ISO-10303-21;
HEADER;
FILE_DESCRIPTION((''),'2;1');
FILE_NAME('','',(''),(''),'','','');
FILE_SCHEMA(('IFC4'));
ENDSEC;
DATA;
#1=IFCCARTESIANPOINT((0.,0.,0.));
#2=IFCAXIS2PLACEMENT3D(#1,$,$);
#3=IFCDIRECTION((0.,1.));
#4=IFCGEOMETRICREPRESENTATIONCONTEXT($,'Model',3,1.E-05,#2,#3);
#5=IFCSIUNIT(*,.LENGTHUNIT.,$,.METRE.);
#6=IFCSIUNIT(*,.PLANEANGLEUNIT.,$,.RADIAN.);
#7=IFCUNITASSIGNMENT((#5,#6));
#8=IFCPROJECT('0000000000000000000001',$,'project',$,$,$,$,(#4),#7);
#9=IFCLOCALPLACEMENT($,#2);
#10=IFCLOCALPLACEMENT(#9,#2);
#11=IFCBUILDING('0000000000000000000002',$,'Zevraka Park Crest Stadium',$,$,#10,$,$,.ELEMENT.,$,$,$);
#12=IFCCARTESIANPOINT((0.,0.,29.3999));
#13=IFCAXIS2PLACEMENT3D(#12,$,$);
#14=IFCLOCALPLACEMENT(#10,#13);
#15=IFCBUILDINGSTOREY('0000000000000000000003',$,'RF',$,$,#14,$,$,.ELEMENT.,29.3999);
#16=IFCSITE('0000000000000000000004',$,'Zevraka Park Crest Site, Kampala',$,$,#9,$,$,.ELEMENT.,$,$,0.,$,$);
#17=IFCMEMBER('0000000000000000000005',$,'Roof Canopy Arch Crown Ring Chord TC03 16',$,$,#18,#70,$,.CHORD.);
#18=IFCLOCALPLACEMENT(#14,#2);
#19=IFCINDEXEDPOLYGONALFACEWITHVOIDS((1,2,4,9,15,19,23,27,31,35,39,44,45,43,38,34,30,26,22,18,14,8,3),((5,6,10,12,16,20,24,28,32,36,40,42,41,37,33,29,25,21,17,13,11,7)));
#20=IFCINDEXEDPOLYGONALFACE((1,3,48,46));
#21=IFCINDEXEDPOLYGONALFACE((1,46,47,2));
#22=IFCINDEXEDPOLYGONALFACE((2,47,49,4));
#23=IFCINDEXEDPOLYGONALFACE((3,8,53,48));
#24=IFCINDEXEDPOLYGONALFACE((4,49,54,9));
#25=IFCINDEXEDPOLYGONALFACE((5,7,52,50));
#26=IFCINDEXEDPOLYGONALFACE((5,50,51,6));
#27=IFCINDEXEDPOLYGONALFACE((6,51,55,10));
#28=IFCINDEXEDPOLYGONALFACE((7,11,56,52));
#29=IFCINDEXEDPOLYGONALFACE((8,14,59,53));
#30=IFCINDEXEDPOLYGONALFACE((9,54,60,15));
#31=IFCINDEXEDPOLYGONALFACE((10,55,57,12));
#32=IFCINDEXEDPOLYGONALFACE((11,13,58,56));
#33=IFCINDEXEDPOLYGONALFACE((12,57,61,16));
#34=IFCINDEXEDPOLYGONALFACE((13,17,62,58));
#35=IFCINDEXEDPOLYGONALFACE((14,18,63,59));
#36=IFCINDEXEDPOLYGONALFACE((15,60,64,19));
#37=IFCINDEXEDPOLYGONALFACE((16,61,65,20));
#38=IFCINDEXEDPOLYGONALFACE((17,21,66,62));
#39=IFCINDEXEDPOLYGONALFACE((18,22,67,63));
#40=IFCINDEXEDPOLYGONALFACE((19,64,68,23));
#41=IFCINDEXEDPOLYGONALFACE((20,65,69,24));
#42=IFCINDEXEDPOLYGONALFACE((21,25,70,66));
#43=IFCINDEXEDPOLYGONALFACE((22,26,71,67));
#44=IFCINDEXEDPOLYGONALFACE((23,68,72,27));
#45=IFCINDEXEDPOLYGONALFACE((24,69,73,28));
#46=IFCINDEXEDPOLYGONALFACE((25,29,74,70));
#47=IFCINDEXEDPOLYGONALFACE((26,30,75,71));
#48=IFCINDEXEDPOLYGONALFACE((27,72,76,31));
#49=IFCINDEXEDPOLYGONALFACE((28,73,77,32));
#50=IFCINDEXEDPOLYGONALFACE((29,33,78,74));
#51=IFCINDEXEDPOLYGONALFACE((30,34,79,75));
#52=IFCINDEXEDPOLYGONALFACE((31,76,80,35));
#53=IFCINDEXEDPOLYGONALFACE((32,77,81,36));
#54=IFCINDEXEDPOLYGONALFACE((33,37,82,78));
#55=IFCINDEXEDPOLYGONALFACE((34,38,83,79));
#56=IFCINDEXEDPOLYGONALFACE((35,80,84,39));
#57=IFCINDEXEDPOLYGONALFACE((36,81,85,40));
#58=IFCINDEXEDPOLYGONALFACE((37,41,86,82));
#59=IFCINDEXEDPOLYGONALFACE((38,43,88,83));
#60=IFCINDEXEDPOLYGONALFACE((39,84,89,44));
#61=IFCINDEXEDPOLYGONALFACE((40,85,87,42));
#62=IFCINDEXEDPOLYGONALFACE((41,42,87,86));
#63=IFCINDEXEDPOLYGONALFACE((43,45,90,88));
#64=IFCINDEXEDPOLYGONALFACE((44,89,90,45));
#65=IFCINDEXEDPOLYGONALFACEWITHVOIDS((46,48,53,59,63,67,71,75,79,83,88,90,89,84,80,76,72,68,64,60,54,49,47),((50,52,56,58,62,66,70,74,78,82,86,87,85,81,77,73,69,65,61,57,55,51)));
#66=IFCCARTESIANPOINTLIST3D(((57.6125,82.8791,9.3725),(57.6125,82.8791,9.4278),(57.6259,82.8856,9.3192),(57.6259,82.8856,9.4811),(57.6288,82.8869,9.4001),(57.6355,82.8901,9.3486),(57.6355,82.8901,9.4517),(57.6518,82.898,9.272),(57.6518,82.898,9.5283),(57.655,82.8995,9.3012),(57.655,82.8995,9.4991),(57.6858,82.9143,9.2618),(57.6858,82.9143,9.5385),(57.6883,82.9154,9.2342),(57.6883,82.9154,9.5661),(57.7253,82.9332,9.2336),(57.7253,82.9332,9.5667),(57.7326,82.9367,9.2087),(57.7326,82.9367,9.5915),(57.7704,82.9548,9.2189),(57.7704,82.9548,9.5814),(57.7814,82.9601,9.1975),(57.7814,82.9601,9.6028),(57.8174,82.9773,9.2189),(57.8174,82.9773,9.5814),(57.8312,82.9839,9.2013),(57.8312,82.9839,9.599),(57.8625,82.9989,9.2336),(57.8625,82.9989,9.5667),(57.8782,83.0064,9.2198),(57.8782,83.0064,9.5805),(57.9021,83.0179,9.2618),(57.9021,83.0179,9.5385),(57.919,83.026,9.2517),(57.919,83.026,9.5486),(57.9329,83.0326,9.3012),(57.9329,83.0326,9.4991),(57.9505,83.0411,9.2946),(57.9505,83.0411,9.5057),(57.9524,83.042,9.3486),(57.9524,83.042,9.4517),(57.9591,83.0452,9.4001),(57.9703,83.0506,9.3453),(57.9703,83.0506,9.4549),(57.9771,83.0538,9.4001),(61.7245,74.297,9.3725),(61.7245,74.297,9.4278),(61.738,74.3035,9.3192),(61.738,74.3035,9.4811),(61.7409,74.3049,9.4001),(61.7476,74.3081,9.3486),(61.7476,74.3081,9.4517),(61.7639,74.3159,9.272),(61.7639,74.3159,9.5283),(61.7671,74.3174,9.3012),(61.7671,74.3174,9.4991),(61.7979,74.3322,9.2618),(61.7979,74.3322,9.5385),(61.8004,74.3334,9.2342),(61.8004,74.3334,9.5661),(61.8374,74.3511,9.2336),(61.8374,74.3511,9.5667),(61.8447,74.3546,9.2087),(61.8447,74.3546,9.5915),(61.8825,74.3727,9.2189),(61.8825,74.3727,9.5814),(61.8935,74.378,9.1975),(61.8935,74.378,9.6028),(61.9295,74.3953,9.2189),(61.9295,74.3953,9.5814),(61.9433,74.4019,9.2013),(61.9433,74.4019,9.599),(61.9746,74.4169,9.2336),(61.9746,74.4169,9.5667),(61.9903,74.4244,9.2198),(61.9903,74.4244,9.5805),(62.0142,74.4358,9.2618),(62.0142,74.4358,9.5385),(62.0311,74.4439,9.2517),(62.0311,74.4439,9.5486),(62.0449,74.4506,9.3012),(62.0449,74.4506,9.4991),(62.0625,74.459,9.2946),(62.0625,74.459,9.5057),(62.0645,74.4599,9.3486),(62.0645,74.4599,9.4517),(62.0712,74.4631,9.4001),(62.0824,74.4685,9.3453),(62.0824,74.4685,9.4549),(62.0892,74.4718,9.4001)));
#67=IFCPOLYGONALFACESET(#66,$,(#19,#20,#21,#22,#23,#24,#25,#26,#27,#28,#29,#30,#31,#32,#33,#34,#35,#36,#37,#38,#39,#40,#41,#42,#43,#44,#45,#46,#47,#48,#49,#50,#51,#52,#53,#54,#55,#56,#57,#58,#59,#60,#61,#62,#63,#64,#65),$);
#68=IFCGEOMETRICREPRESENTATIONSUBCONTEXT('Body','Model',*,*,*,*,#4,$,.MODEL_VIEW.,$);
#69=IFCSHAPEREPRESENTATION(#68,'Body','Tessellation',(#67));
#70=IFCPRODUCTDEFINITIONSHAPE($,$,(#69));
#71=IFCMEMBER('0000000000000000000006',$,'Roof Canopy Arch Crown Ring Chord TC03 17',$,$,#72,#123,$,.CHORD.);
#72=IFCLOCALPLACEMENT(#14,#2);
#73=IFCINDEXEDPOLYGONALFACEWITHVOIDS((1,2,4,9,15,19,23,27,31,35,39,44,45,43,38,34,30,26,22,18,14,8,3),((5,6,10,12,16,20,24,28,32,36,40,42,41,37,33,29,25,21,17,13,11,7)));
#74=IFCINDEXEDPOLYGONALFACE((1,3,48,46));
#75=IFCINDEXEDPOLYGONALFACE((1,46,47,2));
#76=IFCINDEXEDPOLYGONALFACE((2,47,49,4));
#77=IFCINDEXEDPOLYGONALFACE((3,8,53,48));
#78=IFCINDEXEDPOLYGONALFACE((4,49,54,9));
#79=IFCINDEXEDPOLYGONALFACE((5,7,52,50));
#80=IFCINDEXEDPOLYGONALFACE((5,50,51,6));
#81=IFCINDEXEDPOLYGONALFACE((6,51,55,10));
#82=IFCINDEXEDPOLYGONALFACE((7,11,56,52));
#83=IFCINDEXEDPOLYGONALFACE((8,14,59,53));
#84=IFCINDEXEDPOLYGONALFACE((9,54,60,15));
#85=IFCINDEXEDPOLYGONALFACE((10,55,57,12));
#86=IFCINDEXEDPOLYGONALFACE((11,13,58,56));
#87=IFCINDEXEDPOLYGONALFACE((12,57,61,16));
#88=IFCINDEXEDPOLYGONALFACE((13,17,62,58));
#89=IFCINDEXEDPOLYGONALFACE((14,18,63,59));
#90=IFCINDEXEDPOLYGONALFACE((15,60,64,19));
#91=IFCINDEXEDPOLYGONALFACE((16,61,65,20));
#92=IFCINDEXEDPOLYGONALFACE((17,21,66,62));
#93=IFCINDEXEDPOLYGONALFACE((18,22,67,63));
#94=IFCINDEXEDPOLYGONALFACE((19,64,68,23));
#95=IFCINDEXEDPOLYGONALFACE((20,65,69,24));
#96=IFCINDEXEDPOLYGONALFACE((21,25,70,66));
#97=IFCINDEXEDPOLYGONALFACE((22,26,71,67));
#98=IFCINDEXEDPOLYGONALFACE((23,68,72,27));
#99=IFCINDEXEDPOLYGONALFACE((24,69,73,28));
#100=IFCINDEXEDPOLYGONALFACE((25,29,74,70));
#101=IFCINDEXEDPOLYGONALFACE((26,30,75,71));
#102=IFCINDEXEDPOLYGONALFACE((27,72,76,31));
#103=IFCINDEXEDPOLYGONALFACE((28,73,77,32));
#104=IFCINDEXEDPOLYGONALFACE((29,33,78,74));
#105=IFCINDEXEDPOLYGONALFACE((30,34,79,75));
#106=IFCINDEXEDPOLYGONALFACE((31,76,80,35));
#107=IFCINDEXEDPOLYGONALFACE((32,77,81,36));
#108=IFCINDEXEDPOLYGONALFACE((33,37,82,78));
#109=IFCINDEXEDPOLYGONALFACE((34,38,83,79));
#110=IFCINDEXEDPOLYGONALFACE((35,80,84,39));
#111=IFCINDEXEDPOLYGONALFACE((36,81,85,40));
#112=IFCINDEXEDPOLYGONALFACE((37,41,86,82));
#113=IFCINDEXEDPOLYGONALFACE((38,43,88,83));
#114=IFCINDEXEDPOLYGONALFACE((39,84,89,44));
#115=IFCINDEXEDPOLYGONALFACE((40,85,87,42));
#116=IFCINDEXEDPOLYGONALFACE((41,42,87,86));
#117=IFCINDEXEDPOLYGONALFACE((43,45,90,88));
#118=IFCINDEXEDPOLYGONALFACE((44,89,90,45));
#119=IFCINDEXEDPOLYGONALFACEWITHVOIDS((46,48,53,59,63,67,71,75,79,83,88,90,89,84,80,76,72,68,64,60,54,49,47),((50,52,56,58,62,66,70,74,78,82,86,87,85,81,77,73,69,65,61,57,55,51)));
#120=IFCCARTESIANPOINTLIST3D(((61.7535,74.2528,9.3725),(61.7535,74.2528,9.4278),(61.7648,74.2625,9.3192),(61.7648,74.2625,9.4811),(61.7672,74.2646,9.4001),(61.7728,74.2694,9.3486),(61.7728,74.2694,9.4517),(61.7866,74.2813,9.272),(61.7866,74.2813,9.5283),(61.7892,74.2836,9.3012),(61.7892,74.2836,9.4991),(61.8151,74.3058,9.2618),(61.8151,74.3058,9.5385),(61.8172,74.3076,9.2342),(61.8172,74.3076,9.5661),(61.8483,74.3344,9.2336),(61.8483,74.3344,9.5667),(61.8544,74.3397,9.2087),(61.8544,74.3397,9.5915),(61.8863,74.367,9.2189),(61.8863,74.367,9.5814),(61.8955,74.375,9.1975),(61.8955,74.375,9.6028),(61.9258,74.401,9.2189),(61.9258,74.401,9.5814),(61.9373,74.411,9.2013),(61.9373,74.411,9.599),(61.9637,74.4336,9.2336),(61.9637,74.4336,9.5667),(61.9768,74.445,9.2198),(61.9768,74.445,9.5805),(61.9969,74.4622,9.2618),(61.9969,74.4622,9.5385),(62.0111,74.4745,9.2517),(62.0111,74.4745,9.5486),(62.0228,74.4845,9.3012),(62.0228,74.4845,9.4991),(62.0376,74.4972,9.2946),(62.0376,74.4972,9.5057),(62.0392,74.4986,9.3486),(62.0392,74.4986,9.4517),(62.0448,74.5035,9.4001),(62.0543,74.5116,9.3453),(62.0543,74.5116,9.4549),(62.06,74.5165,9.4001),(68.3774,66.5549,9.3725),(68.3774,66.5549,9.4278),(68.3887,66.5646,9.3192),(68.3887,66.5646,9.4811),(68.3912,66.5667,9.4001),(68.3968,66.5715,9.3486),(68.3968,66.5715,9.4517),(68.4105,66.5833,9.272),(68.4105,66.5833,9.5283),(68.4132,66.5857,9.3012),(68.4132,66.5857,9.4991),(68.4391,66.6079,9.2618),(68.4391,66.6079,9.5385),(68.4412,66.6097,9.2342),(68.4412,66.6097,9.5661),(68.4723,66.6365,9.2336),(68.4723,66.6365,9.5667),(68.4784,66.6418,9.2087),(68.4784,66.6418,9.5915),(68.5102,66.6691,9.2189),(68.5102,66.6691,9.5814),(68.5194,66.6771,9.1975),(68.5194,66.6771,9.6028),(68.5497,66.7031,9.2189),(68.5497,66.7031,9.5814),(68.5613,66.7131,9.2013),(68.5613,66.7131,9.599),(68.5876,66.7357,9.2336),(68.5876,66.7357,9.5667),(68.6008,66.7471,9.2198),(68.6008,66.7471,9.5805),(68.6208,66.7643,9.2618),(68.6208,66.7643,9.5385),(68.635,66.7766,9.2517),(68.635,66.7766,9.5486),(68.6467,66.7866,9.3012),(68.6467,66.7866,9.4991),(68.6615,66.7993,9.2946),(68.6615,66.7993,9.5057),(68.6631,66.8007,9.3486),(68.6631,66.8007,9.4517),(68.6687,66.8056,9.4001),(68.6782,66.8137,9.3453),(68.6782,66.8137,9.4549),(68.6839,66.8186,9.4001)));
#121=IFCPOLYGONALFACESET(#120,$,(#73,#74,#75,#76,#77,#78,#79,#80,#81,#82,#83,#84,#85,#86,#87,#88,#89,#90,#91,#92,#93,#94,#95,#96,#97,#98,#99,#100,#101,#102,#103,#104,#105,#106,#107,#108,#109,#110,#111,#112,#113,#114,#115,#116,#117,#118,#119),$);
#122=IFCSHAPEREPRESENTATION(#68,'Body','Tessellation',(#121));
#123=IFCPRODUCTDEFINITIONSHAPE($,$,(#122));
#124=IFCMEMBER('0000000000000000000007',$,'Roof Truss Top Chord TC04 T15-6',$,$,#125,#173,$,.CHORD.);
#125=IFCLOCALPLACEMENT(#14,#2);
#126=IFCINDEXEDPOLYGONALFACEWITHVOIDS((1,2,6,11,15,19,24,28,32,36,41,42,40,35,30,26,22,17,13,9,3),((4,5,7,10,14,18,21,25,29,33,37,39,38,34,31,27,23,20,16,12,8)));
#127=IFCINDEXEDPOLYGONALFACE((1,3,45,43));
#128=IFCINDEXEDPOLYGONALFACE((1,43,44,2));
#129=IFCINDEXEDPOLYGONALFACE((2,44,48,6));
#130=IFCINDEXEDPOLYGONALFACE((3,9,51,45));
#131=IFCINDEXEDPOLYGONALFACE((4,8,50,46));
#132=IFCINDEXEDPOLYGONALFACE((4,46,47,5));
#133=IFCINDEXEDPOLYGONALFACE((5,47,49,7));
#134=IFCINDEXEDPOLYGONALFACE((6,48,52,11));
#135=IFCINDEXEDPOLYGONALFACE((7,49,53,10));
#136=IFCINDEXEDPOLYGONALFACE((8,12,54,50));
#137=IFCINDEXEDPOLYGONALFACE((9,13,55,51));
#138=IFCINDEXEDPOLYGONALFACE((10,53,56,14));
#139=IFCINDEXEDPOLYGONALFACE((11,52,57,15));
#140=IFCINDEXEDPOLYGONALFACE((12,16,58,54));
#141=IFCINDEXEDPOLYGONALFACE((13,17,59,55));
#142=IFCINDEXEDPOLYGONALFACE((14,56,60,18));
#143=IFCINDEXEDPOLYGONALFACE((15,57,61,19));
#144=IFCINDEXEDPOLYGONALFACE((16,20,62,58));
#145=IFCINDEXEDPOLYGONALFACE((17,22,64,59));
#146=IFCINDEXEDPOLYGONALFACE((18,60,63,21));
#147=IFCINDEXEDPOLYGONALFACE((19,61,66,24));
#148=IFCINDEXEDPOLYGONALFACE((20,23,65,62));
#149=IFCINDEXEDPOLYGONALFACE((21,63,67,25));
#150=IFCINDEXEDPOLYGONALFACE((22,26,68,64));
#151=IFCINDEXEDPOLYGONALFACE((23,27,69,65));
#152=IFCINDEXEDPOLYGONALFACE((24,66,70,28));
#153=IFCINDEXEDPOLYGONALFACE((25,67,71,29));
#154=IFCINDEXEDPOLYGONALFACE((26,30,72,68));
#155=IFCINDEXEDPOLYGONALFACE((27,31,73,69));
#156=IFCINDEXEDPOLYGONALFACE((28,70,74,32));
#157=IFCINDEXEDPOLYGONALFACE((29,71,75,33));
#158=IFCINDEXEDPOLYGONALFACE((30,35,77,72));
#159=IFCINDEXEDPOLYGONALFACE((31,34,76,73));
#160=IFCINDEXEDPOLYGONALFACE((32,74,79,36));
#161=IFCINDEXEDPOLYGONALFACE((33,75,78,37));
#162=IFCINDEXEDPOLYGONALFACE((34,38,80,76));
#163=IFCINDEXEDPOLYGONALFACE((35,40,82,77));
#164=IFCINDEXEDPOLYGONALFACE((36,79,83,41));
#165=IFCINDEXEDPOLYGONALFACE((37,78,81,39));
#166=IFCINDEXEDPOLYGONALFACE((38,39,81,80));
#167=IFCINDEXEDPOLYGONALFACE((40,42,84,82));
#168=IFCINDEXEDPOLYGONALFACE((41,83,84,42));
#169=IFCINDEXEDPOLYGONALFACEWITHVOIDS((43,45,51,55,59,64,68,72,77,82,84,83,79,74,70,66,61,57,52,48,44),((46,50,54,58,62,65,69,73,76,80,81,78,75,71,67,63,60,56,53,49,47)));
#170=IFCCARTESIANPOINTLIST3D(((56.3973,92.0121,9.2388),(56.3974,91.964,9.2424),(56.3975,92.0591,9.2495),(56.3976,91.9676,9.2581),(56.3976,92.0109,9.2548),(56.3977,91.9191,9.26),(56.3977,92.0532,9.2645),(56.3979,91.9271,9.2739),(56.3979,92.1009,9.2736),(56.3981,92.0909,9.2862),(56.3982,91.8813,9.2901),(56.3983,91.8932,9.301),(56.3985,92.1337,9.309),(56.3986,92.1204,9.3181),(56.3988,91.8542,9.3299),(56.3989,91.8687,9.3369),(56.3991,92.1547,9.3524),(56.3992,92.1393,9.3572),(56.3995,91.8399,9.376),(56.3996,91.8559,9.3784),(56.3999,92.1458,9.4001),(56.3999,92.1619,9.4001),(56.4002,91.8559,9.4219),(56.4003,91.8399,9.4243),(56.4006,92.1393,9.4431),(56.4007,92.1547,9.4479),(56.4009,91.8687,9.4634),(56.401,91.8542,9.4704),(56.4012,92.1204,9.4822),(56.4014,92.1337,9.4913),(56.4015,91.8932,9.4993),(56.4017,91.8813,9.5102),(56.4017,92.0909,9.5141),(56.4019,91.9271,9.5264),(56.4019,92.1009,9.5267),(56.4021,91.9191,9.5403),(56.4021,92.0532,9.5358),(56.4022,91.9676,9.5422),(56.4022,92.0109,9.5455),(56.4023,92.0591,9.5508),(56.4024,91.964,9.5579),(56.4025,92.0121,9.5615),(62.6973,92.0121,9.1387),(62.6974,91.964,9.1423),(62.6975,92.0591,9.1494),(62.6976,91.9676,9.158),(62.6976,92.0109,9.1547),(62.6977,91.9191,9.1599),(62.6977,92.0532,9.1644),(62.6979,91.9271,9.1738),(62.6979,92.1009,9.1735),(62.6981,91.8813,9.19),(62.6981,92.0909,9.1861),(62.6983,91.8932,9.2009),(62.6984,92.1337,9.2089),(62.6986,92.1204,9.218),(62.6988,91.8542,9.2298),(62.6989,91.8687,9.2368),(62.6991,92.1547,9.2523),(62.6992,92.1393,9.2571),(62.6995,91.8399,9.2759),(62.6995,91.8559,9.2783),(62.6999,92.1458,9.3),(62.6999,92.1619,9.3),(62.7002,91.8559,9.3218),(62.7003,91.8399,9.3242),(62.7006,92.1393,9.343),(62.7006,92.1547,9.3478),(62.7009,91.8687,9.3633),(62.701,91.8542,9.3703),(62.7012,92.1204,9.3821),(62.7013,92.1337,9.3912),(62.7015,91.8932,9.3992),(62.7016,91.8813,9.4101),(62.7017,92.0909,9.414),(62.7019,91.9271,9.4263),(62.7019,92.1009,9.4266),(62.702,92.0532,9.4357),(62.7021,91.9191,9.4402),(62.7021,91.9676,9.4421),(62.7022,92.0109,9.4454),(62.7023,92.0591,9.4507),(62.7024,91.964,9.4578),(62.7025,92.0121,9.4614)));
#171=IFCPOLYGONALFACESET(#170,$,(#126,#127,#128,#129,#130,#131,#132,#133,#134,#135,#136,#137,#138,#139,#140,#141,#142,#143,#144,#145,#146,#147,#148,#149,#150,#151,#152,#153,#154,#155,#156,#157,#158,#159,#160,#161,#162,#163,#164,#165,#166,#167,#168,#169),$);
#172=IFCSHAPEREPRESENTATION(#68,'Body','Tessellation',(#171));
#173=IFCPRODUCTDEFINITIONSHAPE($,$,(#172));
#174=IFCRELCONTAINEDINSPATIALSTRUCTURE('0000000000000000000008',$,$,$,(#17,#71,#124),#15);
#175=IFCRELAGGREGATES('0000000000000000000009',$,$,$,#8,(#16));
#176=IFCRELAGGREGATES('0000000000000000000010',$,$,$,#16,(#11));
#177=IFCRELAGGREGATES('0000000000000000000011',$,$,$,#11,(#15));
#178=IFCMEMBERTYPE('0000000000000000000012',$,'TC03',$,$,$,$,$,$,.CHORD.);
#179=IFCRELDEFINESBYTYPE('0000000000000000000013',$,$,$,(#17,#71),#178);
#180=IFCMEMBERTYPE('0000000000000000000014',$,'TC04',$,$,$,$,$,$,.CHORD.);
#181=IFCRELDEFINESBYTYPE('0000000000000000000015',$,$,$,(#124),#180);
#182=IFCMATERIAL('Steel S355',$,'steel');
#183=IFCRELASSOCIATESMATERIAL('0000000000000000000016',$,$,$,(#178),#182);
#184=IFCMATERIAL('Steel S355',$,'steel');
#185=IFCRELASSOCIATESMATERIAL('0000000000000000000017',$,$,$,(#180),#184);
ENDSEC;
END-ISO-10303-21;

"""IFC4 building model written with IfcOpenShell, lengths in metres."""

from ifc_helpers import new_model, si_unit, direction, frame, origin, origin_2d, place, context, subcontext, project, spatial, hollow_circle, extrude, material, material_profile, profile_set, type_object, element, save


model = new_model("IFC4")

# Units and contexts
model_context = context("Model", 3, precision=1e-05, world=origin(), true_north=direction((0.0, 1.0)))
body_context = subcontext(model_context, "Body", "Model", "MODEL_VIEW")
ifc_project = project(units=[si_unit("LENGTHUNIT", "METRE"), si_unit("PLANEANGLEUNIT", "RADIAN")], contexts=[model_context])

# Site, building, storey
site_placement = place(None, origin())
site = spatial("IfcSite", under=ifc_project, at=site_placement, Name="Zevraka Park Crest Site, Kampala", CompositionType="ELEMENT", RefElevation=0.0)
building_placement = place(site_placement, origin())
building = spatial("IfcBuilding", under=site, at=building_placement, Name="Zevraka Park Crest Stadium", CompositionType="ELEMENT")
storey_placement = place(building_placement, frame((0.0, 0.0, 29.3999)))
storey = spatial("IfcBuildingStorey", under=building, at=storey_placement, Name="RF", CompositionType="ELEMENT", Elevation=29.3999)

# Members
ifc_material_1 = material(Name="Steel S355", Category="steel")
ifc_material_profile_1 = material_profile(ifc_material_1, hollow_circle(Radius=0.2031, WallThickness=0.02, at=origin_2d()), Name="CHS 406.4x20")
ifc_profile_set_1 = profile_set([ifc_material_profile_1], Name="Steel S355")
member_type_1 = type_object("IfcMemberType", Name="TC03", PredefinedType="CHORD", material=ifc_profile_set_1)
member_1_placement = place(storey_placement, frame((57.7939, 82.9661, 9.4001), z_axis=(0.432106, -0.901823, 0.0), x_axis=(0.901823, 0.432106, 0.0)))
element("IfcMember", 1, at=member_1_placement, inside=storey, type_object=member_type_1, Name="Roof Canopy Arch Crown Ring Chord TC03 16", PredefinedType="CHORD", context=body_context, shape_type="SweptSolid", body=[
    extrude(hollow_circle(Radius=0.2031, WallThickness=0.02, at=origin_2d()), origin(), (0.0, 0.0, 1.0), 9.5164),
])
member_2_placement = place(storey_placement, frame((61.906, 74.384, 9.4001), z_axis=(0.652251, -0.758003, 0.0), x_axis=(0.758003, 0.652251, 0.0)))
element("IfcMember", 2, at=member_2_placement, inside=storey, type_object=member_type_1, Name="Roof Canopy Arch Crown Ring Chord TC03 17", PredefinedType="CHORD", context=body_context, shape_type="SweptSolid", body=[
    extrude(hollow_circle(Radius=0.2031, WallThickness=0.02, at=origin_2d()), origin(), (0.0, 0.0, 1.0), 10.1555),
])
ifc_material_2 = material(Name="Steel S355", Category="steel")
ifc_material_profile_2 = material_profile(ifc_material_2, hollow_circle(Radius=0.1619, WallThickness=0.0161, at=origin_2d()), Name="CHS 323.9x16")
ifc_profile_set_2 = profile_set([ifc_material_profile_2], Name="Steel S355")
member_type_2 = type_object("IfcMemberType", Name="TC04", PredefinedType="CHORD", material=ifc_profile_set_2)
for number, where, z_axis, x_axis, name in (
    (3, (56.3999, 92.0, 9.4001), (0.999874, 0.0, -0.015886), (0.0, 1.0, 0.0), "Roof Truss Top Chord TC04 T15-6"),
):
    element("IfcMember", number, at=place(storey_placement, frame(where, z_axis=z_axis, x_axis=x_axis)), inside=storey, type_object=member_type_2, Name=name, PredefinedType="CHORD", context=body_context, shape_type="SweptSolid", body=[
        extrude(hollow_circle(Radius=0.1619, WallThickness=0.0161, at=origin_2d()), origin(), (0.0, 0.0, 1.0), 6.3008),
    ])

save(model, "model.ifc")
